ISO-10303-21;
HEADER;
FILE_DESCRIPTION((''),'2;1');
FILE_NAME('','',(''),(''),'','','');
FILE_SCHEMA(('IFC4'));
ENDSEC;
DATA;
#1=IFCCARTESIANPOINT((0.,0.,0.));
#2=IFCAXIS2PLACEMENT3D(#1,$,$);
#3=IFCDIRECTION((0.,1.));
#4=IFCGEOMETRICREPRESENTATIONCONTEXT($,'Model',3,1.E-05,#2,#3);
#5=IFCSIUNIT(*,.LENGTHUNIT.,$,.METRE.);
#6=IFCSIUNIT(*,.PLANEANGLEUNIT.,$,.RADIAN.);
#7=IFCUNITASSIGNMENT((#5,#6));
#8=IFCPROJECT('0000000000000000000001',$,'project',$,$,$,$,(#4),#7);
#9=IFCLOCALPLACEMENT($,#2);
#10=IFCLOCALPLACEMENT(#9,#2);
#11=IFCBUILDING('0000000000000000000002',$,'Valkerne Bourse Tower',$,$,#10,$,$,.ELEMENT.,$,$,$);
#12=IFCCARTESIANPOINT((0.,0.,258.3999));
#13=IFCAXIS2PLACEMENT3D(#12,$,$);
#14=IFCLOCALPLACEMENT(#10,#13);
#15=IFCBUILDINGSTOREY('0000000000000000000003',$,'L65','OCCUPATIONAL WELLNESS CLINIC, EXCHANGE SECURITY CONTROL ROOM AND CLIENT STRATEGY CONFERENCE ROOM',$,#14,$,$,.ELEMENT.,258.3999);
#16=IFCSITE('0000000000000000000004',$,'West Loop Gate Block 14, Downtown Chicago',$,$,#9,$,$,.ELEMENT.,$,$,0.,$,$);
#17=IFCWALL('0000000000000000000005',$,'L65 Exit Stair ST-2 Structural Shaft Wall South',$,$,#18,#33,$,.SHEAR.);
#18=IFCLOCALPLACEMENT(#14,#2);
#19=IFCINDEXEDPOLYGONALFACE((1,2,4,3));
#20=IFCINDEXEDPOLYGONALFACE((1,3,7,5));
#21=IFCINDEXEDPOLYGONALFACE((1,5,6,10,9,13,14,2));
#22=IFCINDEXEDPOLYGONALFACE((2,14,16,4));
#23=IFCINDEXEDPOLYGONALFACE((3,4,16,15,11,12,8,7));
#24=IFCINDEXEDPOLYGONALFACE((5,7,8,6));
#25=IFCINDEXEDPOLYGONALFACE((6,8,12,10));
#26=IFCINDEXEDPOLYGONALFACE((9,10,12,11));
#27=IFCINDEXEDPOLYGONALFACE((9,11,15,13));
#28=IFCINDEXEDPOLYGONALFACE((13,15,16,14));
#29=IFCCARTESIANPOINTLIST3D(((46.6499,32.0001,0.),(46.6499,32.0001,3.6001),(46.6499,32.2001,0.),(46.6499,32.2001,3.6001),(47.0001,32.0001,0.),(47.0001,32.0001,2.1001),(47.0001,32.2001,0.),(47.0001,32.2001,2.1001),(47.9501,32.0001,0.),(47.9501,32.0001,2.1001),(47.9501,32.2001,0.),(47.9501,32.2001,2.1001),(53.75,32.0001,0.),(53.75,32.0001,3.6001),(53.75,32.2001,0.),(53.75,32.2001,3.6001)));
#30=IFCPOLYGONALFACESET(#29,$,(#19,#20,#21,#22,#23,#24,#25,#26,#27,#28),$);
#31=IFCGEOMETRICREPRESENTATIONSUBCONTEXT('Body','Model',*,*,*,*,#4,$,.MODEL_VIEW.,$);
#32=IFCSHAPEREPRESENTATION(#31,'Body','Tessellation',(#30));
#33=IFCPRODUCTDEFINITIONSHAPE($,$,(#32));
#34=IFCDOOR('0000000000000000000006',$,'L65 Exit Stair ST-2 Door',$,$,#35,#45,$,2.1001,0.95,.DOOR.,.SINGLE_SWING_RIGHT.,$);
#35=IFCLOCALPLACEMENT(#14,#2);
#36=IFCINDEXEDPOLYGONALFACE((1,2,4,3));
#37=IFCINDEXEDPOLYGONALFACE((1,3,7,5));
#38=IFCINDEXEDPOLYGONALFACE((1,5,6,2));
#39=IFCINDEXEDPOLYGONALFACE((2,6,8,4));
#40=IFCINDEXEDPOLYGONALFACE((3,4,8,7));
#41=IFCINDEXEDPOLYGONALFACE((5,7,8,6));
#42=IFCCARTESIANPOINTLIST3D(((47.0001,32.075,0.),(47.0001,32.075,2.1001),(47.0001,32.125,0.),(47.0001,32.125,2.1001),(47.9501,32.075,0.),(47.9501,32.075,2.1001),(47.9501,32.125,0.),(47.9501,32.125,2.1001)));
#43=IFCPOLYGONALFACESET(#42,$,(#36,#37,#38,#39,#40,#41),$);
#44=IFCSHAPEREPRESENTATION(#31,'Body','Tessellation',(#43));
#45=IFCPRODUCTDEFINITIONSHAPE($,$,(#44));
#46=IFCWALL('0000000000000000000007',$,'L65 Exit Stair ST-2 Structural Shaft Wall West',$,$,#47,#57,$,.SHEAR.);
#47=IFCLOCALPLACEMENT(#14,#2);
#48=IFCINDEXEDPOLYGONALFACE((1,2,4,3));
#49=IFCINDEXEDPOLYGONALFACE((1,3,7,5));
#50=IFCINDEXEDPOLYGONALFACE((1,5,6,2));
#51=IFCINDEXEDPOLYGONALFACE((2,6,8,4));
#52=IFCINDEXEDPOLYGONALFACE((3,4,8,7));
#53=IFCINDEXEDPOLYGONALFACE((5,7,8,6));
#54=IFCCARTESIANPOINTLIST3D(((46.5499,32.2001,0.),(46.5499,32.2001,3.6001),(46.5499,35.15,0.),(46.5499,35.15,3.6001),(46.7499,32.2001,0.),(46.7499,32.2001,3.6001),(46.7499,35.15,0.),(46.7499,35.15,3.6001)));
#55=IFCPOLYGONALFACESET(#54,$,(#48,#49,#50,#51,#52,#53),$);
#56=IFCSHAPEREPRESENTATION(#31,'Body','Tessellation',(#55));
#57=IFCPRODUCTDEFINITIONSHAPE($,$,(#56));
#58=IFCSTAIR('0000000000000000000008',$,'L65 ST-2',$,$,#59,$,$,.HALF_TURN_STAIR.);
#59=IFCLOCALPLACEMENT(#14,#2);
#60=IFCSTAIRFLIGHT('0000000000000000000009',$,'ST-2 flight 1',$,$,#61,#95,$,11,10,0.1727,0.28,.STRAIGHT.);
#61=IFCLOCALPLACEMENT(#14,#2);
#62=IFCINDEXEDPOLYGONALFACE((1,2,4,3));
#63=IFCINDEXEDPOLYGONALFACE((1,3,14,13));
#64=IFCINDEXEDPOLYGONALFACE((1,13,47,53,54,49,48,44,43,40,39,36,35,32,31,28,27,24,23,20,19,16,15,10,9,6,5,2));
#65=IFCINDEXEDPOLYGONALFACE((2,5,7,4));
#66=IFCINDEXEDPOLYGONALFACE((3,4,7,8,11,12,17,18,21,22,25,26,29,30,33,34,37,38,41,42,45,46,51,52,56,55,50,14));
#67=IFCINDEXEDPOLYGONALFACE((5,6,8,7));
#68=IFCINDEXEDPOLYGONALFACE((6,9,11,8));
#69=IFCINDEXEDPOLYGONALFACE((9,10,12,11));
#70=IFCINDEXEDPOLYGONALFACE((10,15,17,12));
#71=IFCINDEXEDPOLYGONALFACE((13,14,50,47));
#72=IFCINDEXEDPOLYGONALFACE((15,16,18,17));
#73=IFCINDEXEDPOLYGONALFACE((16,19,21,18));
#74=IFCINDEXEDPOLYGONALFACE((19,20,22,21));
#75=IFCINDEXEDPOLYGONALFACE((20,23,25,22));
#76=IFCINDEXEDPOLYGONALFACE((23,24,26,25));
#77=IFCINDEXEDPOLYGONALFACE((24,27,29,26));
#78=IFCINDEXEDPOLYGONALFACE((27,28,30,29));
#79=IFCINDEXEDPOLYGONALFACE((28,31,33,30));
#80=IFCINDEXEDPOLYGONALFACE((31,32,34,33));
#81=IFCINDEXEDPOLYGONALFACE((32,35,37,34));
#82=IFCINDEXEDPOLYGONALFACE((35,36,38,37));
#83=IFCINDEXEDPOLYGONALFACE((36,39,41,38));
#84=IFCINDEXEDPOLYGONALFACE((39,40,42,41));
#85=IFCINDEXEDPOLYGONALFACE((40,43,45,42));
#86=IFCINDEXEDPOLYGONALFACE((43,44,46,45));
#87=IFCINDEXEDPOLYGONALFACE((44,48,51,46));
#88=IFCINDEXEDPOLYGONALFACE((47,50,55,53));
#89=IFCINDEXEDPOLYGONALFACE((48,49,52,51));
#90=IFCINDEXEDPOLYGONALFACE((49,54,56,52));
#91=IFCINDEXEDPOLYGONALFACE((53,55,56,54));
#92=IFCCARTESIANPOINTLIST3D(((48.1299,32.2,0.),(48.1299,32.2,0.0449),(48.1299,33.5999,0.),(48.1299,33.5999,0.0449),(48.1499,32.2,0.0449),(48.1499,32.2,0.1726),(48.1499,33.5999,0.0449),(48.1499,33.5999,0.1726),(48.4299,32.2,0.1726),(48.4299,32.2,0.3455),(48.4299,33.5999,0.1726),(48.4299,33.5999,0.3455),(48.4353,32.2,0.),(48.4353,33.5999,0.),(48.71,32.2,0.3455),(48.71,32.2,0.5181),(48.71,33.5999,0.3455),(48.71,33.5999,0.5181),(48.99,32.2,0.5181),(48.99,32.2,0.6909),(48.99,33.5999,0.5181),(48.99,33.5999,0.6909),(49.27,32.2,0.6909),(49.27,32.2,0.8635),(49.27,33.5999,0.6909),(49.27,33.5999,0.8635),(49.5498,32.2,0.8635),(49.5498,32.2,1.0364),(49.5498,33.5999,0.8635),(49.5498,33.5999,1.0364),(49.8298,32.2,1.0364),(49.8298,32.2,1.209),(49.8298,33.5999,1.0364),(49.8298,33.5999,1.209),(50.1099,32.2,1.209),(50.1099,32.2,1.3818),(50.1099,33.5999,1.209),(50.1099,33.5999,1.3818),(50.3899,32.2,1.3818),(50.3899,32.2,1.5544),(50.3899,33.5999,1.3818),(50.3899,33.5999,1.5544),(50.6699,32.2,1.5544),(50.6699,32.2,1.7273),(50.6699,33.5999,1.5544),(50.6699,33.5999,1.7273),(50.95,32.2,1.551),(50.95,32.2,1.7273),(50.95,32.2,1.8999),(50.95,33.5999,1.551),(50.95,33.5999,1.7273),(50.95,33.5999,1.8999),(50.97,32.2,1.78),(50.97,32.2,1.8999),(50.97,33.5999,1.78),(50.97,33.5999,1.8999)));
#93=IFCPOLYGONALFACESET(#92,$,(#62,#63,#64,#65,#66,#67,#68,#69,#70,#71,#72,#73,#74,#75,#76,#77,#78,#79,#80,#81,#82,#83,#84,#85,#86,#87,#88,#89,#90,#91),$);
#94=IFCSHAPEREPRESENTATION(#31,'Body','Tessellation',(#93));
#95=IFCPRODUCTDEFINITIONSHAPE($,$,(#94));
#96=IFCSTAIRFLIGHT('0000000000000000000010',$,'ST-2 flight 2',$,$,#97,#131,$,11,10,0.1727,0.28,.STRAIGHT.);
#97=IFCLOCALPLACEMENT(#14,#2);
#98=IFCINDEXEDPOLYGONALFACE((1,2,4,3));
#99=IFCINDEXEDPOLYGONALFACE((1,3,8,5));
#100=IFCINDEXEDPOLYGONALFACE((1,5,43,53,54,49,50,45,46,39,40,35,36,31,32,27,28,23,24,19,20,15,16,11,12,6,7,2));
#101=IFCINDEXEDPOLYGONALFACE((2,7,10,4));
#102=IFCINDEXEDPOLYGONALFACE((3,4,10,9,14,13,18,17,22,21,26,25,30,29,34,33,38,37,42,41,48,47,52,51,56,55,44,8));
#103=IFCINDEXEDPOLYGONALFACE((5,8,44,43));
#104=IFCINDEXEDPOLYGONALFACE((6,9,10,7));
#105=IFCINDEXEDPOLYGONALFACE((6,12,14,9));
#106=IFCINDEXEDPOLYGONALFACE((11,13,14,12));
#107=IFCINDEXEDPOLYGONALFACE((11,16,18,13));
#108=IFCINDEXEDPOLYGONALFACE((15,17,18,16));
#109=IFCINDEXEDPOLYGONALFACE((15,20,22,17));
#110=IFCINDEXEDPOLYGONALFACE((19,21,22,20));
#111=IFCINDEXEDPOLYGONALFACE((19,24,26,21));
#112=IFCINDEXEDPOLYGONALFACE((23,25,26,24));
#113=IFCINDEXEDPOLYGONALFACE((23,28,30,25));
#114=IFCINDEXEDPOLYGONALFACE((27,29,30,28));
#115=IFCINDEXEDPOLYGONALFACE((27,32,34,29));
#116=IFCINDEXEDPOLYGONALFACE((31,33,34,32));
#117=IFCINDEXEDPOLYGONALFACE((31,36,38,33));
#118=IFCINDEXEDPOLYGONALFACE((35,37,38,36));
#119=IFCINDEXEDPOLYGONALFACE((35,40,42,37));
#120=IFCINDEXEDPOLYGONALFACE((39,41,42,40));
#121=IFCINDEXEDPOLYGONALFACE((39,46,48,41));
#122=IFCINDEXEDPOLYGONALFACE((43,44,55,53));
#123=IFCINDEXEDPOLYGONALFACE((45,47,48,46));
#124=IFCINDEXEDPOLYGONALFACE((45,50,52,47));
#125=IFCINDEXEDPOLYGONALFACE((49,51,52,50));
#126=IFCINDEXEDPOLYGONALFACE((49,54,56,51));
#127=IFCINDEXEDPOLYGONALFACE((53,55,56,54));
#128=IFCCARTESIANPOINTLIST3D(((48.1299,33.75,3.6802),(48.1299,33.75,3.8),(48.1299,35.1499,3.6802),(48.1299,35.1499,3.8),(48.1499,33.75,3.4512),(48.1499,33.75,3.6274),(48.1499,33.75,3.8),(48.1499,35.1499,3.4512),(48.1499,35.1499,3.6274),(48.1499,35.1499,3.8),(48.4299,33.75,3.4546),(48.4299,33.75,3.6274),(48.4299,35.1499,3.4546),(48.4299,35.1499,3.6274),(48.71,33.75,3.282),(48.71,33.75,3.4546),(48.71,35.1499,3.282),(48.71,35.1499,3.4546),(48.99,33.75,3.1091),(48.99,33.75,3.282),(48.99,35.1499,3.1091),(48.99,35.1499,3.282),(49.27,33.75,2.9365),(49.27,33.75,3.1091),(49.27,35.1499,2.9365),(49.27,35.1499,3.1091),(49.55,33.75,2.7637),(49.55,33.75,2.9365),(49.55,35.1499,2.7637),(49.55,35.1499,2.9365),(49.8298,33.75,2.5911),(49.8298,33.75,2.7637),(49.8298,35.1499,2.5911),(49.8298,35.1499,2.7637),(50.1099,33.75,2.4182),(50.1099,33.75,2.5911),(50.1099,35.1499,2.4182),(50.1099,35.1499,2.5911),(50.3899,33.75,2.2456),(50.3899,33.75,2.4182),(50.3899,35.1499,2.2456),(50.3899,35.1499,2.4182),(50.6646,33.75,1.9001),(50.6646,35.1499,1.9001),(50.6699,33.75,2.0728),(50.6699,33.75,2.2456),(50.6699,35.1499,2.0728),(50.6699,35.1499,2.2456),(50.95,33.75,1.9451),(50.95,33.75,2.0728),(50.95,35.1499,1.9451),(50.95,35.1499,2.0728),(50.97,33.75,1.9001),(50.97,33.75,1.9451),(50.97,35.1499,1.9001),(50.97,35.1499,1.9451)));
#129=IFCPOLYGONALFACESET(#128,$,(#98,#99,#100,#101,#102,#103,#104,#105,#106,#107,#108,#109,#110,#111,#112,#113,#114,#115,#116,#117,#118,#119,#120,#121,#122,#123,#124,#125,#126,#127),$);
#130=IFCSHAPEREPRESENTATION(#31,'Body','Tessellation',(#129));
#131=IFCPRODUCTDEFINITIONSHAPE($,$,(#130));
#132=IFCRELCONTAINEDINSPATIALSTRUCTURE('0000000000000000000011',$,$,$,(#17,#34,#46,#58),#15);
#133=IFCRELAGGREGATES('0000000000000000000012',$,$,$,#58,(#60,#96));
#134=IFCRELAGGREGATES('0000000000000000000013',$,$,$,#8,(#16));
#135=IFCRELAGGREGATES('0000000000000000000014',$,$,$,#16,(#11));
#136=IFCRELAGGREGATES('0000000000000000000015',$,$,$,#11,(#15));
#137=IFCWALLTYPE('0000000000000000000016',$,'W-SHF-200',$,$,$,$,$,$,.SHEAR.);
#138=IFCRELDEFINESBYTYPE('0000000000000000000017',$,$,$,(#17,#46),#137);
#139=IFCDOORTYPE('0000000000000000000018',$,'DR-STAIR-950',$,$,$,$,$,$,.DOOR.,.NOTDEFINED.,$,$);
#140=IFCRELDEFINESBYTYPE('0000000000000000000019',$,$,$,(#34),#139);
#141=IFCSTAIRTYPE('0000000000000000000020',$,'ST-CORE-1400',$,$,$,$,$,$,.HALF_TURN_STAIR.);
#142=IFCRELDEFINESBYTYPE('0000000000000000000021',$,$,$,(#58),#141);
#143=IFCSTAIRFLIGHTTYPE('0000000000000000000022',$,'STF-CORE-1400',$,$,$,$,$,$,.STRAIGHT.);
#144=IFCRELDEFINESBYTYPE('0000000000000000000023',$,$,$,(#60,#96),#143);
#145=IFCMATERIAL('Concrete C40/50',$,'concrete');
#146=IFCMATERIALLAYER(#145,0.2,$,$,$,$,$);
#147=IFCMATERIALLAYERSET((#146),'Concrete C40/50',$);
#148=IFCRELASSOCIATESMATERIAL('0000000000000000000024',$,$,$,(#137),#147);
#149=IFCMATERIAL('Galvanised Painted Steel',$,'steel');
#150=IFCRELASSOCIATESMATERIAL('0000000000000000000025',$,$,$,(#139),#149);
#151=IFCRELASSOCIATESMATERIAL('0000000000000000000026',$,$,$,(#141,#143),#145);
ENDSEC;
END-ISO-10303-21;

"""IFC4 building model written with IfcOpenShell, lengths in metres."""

from ifc_helpers import new_model, si_unit, direction, frame, frame_2d, origin, place, context, subcontext, project, spatial, polyline, rectangle, outline, extrude, material, layer, layer_set, type_object, element, fill, aggregate, save


model = new_model("IFC4")

# Units and contexts
model_context = context("Model", 3, precision=1e-05, world=origin(), true_north=direction((0.0, 1.0)))
body_context = subcontext(model_context, "Body", "Model", "MODEL_VIEW")
ifc_project = project(units=[si_unit("LENGTHUNIT", "METRE"), si_unit("PLANEANGLEUNIT", "RADIAN")], contexts=[model_context])

# Site, building, storey
site_placement = place(None, origin())
site = spatial("IfcSite", under=ifc_project, at=site_placement, Name="West Loop Gate Block 14, Downtown Chicago", CompositionType="ELEMENT", RefElevation=0.0)
building_placement = place(site_placement, origin())
building = spatial("IfcBuilding", under=site, at=building_placement, Name="Valkerne Bourse Tower", CompositionType="ELEMENT")
storey_placement = place(building_placement, frame((0.0, 0.0, 258.3999)))
storey = spatial("IfcBuildingStorey", under=building, at=storey_placement, Name="L65", Description="OCCUPATIONAL WELLNESS CLINIC, EXCHANGE SECURITY CONTROL ROOM AND CLIENT STRATEGY CONFERENCE ROOM", CompositionType="ELEMENT", Elevation=258.3999)

# Shared definitions
ifc_material_1 = material(Name="Galvanised Painted Steel", Category="steel")

# Wall, opening, door
ifc_material_2 = material(Name="Concrete C40/50", Category="concrete")
ifc_layer_1 = layer(ifc_material_2, 0.2)
ifc_layer_set_1 = layer_set([ifc_layer_1], Name="Concrete C40/50")
wall_type_1 = type_object("IfcWallType", Name="W-SHF-200", PredefinedType="SHEAR", material=ifc_layer_set_1)
wall_1_placement = place(storey_placement, frame((46.6499, 32.1001, 0.0), z_axis=(0.0, 0.0, 1.0), x_axis=(1.0, 0.0, 0.0)))
wall_1 = element("IfcWall", 1, at=wall_1_placement, inside=storey, type_object=wall_type_1, Name="L65 Exit Stair ST-2 Structural Shaft Wall South", PredefinedType="SHEAR", context=body_context, shape_type="SweptSolid", body=[
    extrude(rectangle(XDim=7.1001, YDim=0.2, at=frame_2d((3.55, 0.0))), origin(), (0.0, 0.0, 1.0), 3.6001),
])
opening_1_placement = place(wall_1_placement, frame((0.3501, 0.0, 0.0)))
opening_1 = element("IfcOpeningElement", 2, at=opening_1_placement, cuts=wall_1, PredefinedType="OPENING", context=body_context, shape_type="SweptSolid", body=[
    extrude(rectangle(XDim=0.95, YDim=2.1001, at=frame_2d((0.4751, 1.05))), frame((0.0, 0.1099, 0.0), z_axis=(0.0, -1.0, 0.0), x_axis=(1.0, 0.0, 0.0)), (0.0, 0.0, 1.0), 0.22),
])
door_type_1 = type_object("IfcDoorType", Name="DR-STAIR-950", OperationType="NOTDEFINED", PredefinedType="DOOR", material=ifc_material_1)
door_1_placement = place(opening_1_placement, origin())
door_1 = element("IfcDoor", 3, at=door_1_placement, inside=storey, type_object=door_type_1, Name="L65 Exit Stair ST-2 Door", OperationType="SINGLE_SWING_RIGHT", OverallHeight=2.1001, OverallWidth=0.95, PredefinedType="DOOR", context=body_context, shape_type="SweptSolid", body=[
    extrude(rectangle(XDim=0.95, YDim=2.1001, at=frame_2d((0.4751, 1.05))), frame((0.0, 0.0249, 0.0), z_axis=(0.0, -1.0, 0.0), x_axis=(1.0, 0.0, 0.0)), (0.0, 0.0, 1.0), 0.05),
])
fill(opening_1, door_1)

# Wall
wall_2_placement = place(storey_placement, frame((46.6499, 32.2, 0.0), z_axis=(0.0, 0.0, 1.0), x_axis=(0.0, 1.0, 0.0)))
element("IfcWall", 4, at=wall_2_placement, inside=storey, type_object=wall_type_1, Name="L65 Exit Stair ST-2 Structural Shaft Wall West", PredefinedType="SHEAR", context=body_context, shape_type="SweptSolid", body=[
    extrude(rectangle(XDim=2.95, YDim=0.2, at=frame_2d((1.4751, 0.0))), origin(), (0.0, 0.0, 1.0), 3.6001),
])

# Stair, stair flights
stair_type = type_object("IfcStairType", Name="ST-CORE-1400", PredefinedType="HALF_TURN_STAIR", material=ifc_material_2)
stair_placement = place(storey_placement, origin())
stair = element("IfcStair", 5, at=stair_placement, inside=storey, type_object=stair_type, Name="L65 ST-2", PredefinedType="HALF_TURN_STAIR")
stair_flight_type = type_object("IfcStairFlightType", Name="STF-CORE-1400", PredefinedType="STRAIGHT", material=ifc_material_2)
stair_flight_1_placement = place(storey_placement, frame((48.1499, 32.8999, 0.0), z_axis=(0.0, 0.0, 1.0), x_axis=(1.0, 0.0, 0.0)))
stair_flight_1 = element("IfcStairFlight", 6, at=stair_flight_1_placement, type_object=stair_flight_type, Name="ST-2 flight 1", NumberOfRisers=11, NumberOfTreads=10, PredefinedType="STRAIGHT", RiserHeight=0.1727, TreadLength=0.28, context=body_context, shape_type="SweptSolid", body=[
    extrude(outline(polyline([(-0.02, 0.0), (-0.02, 0.0449), (0.0, 0.0449), (0.0, 0.1726), (0.28, 0.1726), (0.28, 0.3455), (0.5601, 0.3455), (0.5601, 0.5181), (0.8401, 0.5181), (0.8401, 0.6909), (1.1201, 0.6909), (1.1201, 0.8635), (1.3999, 0.8635), (1.3999, 1.0364), (1.6799, 1.0364), (1.6799, 1.209), (1.96, 1.209), (1.96, 1.3818), (2.24, 1.3818), (2.24, 1.5544), (2.52, 1.5544), (2.52, 1.7273), (2.8, 1.7273), (2.8, 1.8999), (2.8201, 1.8999), (2.8201, 1.78), (2.8, 1.551), (0.2854, 0.0), (-0.02, 0.0)])), frame((0.0, 0.7, 0.0), z_axis=(0.0, -1.0, 0.0), x_axis=(1.0, 0.0, 0.0)), (0.0, 0.0, 1.0), 1.3999),
])
stair_flight_2_placement = place(storey_placement, frame((50.95, 34.45, 1.9001), z_axis=(0.0, 0.0, 1.0), x_axis=(-1.0, 0.0, 0.0)))
stair_flight_2 = element("IfcStairFlight", 7, at=stair_flight_2_placement, type_object=stair_flight_type, Name="ST-2 flight 2", NumberOfRisers=11, NumberOfTreads=10, PredefinedType="STRAIGHT", RiserHeight=0.1727, TreadLength=0.28, context=body_context, shape_type="SweptSolid", body=[
    extrude(outline(polyline([(-0.02, 0.0), (-0.02, 0.0449), (0.0, 0.0449), (0.0, 0.1726), (0.28, 0.1726), (0.28, 0.3455), (0.5601, 0.3455), (0.5601, 0.5181), (0.8401, 0.5181), (0.8401, 0.6909), (1.1201, 0.6909), (1.1201, 0.8635), (1.3999, 0.8635), (1.3999, 1.0364), (1.6799, 1.0364), (1.6799, 1.209), (1.96, 1.209), (1.96, 1.3818), (2.24, 1.3818), (2.24, 1.5544), (2.52, 1.5544), (2.52, 1.7273), (2.8, 1.7273), (2.8, 1.8999), (2.8201, 1.8999), (2.8201, 1.78), (2.8, 1.551), (0.2854, 0.0), (-0.02, 0.0)])), frame((0.0, 0.7, 0.0), z_axis=(0.0, -1.0, 0.0), x_axis=(1.0, 0.0, 0.0)), (0.0, 0.0, 1.0), 1.3999),
])
aggregate(stair, [stair_flight_1, stair_flight_2])

save(model, "model.ifc")
